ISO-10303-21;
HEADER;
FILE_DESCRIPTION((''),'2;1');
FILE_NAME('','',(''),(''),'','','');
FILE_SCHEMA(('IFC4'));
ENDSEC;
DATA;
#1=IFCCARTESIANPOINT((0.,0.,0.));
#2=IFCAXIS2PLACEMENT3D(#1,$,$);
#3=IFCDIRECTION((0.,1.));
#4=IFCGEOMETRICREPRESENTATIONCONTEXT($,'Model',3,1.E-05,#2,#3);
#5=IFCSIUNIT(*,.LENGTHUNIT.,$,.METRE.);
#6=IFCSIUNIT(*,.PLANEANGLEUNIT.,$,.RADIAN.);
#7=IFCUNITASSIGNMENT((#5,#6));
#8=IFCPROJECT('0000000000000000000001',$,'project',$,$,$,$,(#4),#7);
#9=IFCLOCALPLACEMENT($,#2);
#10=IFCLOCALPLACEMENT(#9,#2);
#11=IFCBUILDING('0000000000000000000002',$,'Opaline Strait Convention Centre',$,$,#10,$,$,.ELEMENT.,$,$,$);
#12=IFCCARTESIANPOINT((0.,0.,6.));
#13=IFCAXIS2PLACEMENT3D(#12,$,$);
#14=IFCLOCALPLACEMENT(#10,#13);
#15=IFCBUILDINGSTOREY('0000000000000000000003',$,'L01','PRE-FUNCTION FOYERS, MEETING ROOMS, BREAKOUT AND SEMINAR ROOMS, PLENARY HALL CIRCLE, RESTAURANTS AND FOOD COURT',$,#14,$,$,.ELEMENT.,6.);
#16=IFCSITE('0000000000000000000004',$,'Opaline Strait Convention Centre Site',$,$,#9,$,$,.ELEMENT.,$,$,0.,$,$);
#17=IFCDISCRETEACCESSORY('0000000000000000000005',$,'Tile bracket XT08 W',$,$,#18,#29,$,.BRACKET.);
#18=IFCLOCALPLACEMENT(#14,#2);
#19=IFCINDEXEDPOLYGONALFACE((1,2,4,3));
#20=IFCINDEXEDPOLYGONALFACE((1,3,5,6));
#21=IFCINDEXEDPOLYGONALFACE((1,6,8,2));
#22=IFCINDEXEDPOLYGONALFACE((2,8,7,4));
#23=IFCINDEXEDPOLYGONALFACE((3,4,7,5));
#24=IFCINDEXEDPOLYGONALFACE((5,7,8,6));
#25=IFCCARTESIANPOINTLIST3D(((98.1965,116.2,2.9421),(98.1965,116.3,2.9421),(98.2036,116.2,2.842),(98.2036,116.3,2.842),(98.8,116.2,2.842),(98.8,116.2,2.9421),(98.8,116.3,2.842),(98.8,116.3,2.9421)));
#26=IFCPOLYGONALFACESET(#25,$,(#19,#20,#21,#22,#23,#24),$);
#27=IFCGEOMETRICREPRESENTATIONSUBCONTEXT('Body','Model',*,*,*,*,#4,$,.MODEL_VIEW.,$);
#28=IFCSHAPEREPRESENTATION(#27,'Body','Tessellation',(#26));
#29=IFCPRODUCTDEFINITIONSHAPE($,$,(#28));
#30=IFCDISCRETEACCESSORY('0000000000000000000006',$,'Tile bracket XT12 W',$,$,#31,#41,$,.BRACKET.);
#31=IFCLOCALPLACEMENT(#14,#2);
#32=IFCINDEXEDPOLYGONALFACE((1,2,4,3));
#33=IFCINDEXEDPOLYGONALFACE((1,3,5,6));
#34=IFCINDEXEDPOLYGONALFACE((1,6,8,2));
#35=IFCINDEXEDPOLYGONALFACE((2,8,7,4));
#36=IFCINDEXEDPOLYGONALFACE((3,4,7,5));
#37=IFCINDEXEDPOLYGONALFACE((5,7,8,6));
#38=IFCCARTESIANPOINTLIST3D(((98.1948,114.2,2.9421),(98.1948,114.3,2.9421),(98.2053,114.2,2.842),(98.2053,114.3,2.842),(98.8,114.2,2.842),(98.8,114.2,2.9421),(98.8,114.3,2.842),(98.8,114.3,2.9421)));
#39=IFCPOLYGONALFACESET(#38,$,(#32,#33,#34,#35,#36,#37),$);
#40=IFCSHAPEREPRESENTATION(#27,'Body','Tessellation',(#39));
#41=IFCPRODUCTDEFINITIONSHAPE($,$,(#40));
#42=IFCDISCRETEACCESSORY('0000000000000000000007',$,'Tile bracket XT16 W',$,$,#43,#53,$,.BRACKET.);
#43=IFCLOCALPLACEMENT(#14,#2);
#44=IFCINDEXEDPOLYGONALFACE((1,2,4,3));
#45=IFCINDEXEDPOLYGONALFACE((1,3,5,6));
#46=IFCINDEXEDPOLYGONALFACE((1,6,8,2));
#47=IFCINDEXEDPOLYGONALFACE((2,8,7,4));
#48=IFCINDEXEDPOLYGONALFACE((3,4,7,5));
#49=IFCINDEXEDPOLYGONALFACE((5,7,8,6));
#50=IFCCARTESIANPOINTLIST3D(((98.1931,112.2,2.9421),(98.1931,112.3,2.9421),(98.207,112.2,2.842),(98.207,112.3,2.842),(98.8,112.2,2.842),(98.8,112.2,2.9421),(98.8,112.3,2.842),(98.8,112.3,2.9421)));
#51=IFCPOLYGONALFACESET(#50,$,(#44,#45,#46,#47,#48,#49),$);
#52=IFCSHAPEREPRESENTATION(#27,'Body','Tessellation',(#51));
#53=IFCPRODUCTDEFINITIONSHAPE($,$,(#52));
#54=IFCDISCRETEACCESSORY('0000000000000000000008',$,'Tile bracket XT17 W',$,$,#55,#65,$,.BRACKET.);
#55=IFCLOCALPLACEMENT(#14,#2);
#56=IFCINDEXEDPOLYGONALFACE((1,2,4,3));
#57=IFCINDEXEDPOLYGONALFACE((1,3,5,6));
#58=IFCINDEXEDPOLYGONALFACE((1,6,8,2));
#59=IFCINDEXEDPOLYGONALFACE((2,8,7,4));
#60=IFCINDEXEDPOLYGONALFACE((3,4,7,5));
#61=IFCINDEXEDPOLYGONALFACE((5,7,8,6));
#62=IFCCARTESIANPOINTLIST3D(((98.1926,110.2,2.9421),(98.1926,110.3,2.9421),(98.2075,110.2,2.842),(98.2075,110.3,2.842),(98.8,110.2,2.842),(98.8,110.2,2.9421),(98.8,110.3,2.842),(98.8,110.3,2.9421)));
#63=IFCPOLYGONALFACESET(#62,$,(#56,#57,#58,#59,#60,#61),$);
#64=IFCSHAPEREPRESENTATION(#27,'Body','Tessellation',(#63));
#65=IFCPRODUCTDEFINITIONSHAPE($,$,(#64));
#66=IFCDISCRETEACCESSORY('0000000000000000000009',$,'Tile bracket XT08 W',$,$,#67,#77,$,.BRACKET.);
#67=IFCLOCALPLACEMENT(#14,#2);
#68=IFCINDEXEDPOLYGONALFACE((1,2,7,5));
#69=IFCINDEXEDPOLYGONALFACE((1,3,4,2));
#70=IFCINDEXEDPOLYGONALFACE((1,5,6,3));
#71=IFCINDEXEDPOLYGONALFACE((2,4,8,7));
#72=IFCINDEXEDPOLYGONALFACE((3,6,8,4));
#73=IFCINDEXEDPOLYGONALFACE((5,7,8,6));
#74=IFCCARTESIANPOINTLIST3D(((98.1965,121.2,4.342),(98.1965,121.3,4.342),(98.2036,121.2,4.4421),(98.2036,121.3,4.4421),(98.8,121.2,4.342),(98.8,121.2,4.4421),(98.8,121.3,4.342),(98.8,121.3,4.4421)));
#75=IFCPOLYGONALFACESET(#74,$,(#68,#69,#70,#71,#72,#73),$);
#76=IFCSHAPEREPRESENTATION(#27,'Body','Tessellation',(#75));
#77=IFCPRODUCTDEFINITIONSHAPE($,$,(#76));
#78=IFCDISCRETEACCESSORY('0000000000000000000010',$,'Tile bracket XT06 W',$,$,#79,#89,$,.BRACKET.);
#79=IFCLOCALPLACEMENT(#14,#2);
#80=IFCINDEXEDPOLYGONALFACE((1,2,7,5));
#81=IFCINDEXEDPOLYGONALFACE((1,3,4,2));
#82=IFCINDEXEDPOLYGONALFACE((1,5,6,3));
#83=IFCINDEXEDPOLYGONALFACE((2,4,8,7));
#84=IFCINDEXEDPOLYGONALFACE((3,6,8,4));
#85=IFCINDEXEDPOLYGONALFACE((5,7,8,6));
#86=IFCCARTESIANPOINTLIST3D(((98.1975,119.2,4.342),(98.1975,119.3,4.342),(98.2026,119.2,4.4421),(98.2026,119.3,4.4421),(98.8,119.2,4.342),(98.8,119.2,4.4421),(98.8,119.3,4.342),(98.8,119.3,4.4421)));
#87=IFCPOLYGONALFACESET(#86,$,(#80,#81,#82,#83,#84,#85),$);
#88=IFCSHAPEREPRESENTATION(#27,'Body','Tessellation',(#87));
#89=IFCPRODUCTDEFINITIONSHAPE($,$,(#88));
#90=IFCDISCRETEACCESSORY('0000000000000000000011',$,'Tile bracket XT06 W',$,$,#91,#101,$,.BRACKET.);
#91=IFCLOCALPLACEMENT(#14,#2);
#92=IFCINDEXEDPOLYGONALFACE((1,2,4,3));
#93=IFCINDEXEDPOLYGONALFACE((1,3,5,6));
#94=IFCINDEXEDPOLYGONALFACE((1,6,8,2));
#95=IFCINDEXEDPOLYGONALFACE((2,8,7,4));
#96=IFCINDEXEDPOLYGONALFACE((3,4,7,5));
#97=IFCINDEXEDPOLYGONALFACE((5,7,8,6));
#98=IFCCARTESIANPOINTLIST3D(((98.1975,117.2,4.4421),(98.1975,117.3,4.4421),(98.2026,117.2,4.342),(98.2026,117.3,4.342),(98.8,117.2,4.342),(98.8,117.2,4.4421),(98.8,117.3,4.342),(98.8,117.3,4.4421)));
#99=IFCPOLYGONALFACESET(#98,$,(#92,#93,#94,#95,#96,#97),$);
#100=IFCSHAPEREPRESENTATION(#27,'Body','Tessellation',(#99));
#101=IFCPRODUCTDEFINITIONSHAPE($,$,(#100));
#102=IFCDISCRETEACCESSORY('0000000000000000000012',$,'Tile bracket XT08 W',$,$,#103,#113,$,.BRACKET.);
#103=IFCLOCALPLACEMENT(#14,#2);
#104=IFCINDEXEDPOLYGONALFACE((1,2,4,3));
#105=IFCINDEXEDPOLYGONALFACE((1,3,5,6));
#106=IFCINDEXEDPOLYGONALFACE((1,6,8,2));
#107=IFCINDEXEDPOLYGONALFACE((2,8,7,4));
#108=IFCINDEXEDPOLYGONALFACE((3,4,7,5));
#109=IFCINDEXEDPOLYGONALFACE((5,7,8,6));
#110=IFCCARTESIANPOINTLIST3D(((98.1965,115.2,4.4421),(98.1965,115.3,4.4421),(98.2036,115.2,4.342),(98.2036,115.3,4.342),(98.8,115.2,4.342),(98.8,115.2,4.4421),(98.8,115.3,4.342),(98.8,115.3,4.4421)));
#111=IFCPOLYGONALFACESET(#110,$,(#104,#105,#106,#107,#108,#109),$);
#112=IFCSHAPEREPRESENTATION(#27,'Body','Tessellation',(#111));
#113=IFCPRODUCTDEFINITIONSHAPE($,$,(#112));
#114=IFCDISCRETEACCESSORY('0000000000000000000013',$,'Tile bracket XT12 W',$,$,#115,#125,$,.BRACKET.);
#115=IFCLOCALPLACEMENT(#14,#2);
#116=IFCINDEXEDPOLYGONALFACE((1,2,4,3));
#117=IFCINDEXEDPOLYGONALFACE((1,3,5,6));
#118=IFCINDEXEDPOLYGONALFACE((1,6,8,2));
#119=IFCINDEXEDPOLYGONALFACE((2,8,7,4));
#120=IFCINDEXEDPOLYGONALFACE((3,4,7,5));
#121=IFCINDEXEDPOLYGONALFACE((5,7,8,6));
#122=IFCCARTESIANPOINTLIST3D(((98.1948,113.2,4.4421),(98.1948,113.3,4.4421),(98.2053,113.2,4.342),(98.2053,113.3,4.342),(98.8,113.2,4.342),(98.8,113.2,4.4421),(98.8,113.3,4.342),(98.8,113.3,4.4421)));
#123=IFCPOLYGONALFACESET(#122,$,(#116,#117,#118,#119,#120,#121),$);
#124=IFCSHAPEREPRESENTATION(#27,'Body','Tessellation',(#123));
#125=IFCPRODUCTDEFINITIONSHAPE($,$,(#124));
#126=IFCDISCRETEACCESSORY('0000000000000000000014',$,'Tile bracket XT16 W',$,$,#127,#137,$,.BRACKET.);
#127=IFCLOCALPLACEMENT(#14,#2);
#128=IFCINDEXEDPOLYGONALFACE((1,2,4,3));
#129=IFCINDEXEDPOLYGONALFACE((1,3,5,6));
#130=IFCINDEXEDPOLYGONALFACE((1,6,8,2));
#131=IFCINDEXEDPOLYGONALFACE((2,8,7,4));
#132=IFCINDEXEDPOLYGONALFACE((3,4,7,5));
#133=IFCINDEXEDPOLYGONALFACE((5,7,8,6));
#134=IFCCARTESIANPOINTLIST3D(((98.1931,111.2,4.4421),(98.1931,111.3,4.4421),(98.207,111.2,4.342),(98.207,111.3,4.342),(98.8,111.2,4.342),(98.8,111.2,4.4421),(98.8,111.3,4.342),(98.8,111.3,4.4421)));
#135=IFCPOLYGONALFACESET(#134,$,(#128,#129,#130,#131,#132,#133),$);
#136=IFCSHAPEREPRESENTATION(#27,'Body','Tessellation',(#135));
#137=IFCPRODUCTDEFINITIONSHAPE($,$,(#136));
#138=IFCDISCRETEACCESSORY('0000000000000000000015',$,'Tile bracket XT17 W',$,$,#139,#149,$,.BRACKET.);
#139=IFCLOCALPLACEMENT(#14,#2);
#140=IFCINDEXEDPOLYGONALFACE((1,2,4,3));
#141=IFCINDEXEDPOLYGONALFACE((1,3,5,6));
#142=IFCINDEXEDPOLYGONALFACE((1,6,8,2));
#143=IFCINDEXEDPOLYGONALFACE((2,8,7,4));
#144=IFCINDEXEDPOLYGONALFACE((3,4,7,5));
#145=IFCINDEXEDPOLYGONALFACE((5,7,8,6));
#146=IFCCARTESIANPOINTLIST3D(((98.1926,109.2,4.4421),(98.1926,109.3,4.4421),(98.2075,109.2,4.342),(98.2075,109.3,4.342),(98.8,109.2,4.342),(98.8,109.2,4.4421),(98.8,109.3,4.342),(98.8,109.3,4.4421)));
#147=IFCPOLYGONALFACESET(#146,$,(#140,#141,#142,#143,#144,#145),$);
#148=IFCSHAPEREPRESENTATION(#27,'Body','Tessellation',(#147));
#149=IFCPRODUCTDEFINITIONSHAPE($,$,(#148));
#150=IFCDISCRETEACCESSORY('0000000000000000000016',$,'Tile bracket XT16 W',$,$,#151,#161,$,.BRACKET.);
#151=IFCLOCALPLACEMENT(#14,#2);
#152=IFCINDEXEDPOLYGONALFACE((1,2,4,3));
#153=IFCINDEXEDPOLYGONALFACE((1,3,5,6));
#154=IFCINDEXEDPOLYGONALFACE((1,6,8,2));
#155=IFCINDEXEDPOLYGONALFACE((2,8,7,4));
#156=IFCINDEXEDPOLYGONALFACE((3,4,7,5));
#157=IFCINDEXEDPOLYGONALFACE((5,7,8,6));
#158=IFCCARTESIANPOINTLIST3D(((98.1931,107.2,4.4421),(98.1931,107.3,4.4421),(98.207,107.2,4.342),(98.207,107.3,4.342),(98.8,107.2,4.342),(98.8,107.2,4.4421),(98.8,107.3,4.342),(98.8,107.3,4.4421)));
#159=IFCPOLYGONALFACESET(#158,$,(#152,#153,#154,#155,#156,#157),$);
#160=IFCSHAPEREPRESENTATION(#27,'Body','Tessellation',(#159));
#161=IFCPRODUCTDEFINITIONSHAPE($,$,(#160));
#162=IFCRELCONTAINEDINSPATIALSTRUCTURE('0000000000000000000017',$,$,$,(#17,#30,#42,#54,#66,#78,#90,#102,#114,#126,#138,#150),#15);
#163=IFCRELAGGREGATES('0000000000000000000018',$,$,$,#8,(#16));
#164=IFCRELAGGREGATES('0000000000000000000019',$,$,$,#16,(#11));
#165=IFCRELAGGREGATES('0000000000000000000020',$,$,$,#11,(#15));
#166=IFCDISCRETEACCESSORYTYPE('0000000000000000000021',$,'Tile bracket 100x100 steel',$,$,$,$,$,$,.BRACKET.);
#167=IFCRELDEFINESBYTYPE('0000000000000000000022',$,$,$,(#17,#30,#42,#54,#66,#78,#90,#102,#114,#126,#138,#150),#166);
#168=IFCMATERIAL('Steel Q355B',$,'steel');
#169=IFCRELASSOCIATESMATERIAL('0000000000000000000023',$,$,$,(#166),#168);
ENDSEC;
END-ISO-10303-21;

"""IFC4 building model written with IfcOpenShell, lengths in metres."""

from ifc_helpers import new_model, si_unit, direction, frame, origin, place, context, subcontext, project, spatial, polyline, outline, extrude, material, type_object, element, save


model = new_model("IFC4")

# Units and contexts
model_context = context("Model", 3, precision=1e-05, world=origin(), true_north=direction((0.0, 1.0)))
body_context = subcontext(model_context, "Body", "Model", "MODEL_VIEW")
ifc_project = project(units=[si_unit("LENGTHUNIT", "METRE"), si_unit("PLANEANGLEUNIT", "RADIAN")], contexts=[model_context])

# Site, building, storey
site_placement = place(None, origin())
site = spatial("IfcSite", under=ifc_project, at=site_placement, Name="Opaline Strait Convention Centre Site", CompositionType="ELEMENT", RefElevation=0.0)
building_placement = place(site_placement, origin())
building = spatial("IfcBuilding", under=site, at=building_placement, Name="Opaline Strait Convention Centre", CompositionType="ELEMENT")
storey_placement = place(building_placement, frame((0.0, 0.0, 6.0)))
storey = spatial("IfcBuildingStorey", under=building, at=storey_placement, Name="L01", Description="PRE-FUNCTION FOYERS, MEETING ROOMS, BREAKOUT AND SEMINAR ROOMS, PLENARY HALL CIRCLE, RESTAURANTS AND FOOD COURT", CompositionType="ELEMENT", Elevation=6.0)

# Shared definitions
ifc_material_1 = material(Name="Steel Q355B", Category="steel")

# Discrete accessories
discrete_accessory_type = type_object("IfcDiscreteAccessoryType", Name="Tile bracket 100x100 steel", PredefinedType="BRACKET", material=ifc_material_1)
discrete_accessory_1_placement = place(storey_placement, frame((98.8, 116.3, 2.8921), z_axis=(0.0, -1.0, 0.0), x_axis=(1.0, 0.0, 0.0)))
element("IfcDiscreteAccessory", 1, at=discrete_accessory_1_placement, inside=storey, type_object=discrete_accessory_type, Name="Tile bracket XT08 W", PredefinedType="BRACKET", context=body_context, shape_type="SweptSolid", body=[
    extrude(outline(polyline([(0.0, -0.05), (0.0, 0.05), (-0.6035, 0.05), (-0.5964, -0.05), (0.0, -0.05)])), origin(), (0.0, 0.0, 1.0), 0.1001),
])
discrete_accessory_2_placement = place(storey_placement, frame((98.8, 114.3, 2.8921), z_axis=(0.0, -1.0, 0.0), x_axis=(1.0, 0.0, 0.0)))
element("IfcDiscreteAccessory", 2, at=discrete_accessory_2_placement, inside=storey, type_object=discrete_accessory_type, Name="Tile bracket XT12 W", PredefinedType="BRACKET", context=body_context, shape_type="SweptSolid", body=[
    extrude(outline(polyline([(0.0, -0.05), (0.0, 0.05), (-0.6052, 0.05), (-0.5947, -0.05), (0.0, -0.05)])), origin(), (0.0, 0.0, 1.0), 0.1001),
])
discrete_accessory_3_placement = place(storey_placement, frame((98.8, 112.3, 2.8921), z_axis=(0.0, -1.0, 0.0), x_axis=(1.0, 0.0, 0.0)))
element("IfcDiscreteAccessory", 3, at=discrete_accessory_3_placement, inside=storey, type_object=discrete_accessory_type, Name="Tile bracket XT16 W", PredefinedType="BRACKET", context=body_context, shape_type="SweptSolid", body=[
    extrude(outline(polyline([(0.0, -0.05), (0.0, 0.05), (-0.6069, 0.05), (-0.593, -0.05), (0.0, -0.05)])), origin(), (0.0, 0.0, 1.0), 0.1001),
])
discrete_accessory_4_placement = place(storey_placement, frame((98.8, 110.3, 2.8921), z_axis=(0.0, -1.0, 0.0), x_axis=(1.0, 0.0, 0.0)))
element("IfcDiscreteAccessory", 4, at=discrete_accessory_4_placement, inside=storey, type_object=discrete_accessory_type, Name="Tile bracket XT17 W", PredefinedType="BRACKET", context=body_context, shape_type="SweptSolid", body=[
    extrude(outline(polyline([(0.0, -0.05), (0.0, 0.05), (-0.6074, 0.05), (-0.5925, -0.05), (0.0, -0.05)])), origin(), (0.0, 0.0, 1.0), 0.1001),
])
discrete_accessory_5_placement = place(storey_placement, frame((98.8, 121.3, 4.3921), z_axis=(0.0, -1.0, 0.0), x_axis=(1.0, 0.0, 0.0)))
element("IfcDiscreteAccessory", 5, at=discrete_accessory_5_placement, inside=storey, type_object=discrete_accessory_type, Name="Tile bracket XT08 W", PredefinedType="BRACKET", context=body_context, shape_type="SweptSolid", body=[
    extrude(outline(polyline([(0.0, -0.05), (0.0, 0.05), (-0.5964, 0.05), (-0.6035, -0.05), (0.0, -0.05)])), origin(), (0.0, 0.0, 1.0), 0.1001),
])
discrete_accessory_6_placement = place(storey_placement, frame((98.8, 119.3, 4.3921), z_axis=(0.0, -1.0, 0.0), x_axis=(1.0, 0.0, 0.0)))
element("IfcDiscreteAccessory", 6, at=discrete_accessory_6_placement, inside=storey, type_object=discrete_accessory_type, Name="Tile bracket XT06 W", PredefinedType="BRACKET", context=body_context, shape_type="SweptSolid", body=[
    extrude(outline(polyline([(0.0, -0.05), (0.0, 0.05), (-0.5974, 0.05), (-0.6025, -0.05), (0.0, -0.05)])), origin(), (0.0, 0.0, 1.0), 0.1001),
])
discrete_accessory_7_placement = place(storey_placement, frame((98.8, 117.3, 4.3921), z_axis=(0.0, -1.0, 0.0), x_axis=(1.0, 0.0, 0.0)))
element("IfcDiscreteAccessory", 7, at=discrete_accessory_7_placement, inside=storey, type_object=discrete_accessory_type, Name="Tile bracket XT06 W", PredefinedType="BRACKET", context=body_context, shape_type="SweptSolid", body=[
    extrude(outline(polyline([(0.0, -0.05), (0.0, 0.05), (-0.6025, 0.05), (-0.5974, -0.05), (0.0, -0.05)])), origin(), (0.0, 0.0, 1.0), 0.1001),
])
discrete_accessory_8_placement = place(storey_placement, frame((98.8, 115.3, 4.3921), z_axis=(0.0, -1.0, 0.0), x_axis=(1.0, 0.0, 0.0)))
element("IfcDiscreteAccessory", 8, at=discrete_accessory_8_placement, inside=storey, type_object=discrete_accessory_type, Name="Tile bracket XT08 W", PredefinedType="BRACKET", context=body_context, shape_type="SweptSolid", body=[
    extrude(outline(polyline([(0.0, -0.05), (0.0, 0.05), (-0.6035, 0.05), (-0.5964, -0.05), (0.0, -0.05)])), origin(), (0.0, 0.0, 1.0), 0.1001),
])
discrete_accessory_9_placement = place(storey_placement, frame((98.8, 113.3, 4.3921), z_axis=(0.0, -1.0, 0.0), x_axis=(1.0, 0.0, 0.0)))
element("IfcDiscreteAccessory", 9, at=discrete_accessory_9_placement, inside=storey, type_object=discrete_accessory_type, Name="Tile bracket XT12 W", PredefinedType="BRACKET", context=body_context, shape_type="SweptSolid", body=[
    extrude(outline(polyline([(0.0, -0.05), (0.0, 0.05), (-0.6052, 0.05), (-0.5947, -0.05), (0.0, -0.05)])), origin(), (0.0, 0.0, 1.0), 0.1001),
])
discrete_accessory_10_placement = place(storey_placement, frame((98.8, 111.3, 4.3921), z_axis=(0.0, -1.0, 0.0), x_axis=(1.0, 0.0, 0.0)))
element("IfcDiscreteAccessory", 10, at=discrete_accessory_10_placement, inside=storey, type_object=discrete_accessory_type, Name="Tile bracket XT16 W", PredefinedType="BRACKET", context=body_context, shape_type="SweptSolid", body=[
    extrude(outline(polyline([(0.0, -0.05), (0.0, 0.05), (-0.6069, 0.05), (-0.593, -0.05), (0.0, -0.05)])), origin(), (0.0, 0.0, 1.0), 0.1001),
])
discrete_accessory_11_placement = place(storey_placement, frame((98.8, 109.3, 4.3921), z_axis=(0.0, -1.0, 0.0), x_axis=(1.0, 0.0, 0.0)))
element("IfcDiscreteAccessory", 11, at=discrete_accessory_11_placement, inside=storey, type_object=discrete_accessory_type, Name="Tile bracket XT17 W", PredefinedType="BRACKET", context=body_context, shape_type="SweptSolid", body=[
    extrude(outline(polyline([(0.0, -0.05), (0.0, 0.05), (-0.6074, 0.05), (-0.5925, -0.05), (0.0, -0.05)])), origin(), (0.0, 0.0, 1.0), 0.1001),
])
discrete_accessory_12_placement = place(storey_placement, frame((98.8, 107.3, 4.3921), z_axis=(0.0, -1.0, 0.0), x_axis=(1.0, 0.0, 0.0)))
element("IfcDiscreteAccessory", 12, at=discrete_accessory_12_placement, inside=storey, type_object=discrete_accessory_type, Name="Tile bracket XT16 W", PredefinedType="BRACKET", context=body_context, shape_type="SweptSolid", body=[
    extrude(outline(polyline([(0.0, -0.05), (0.0, 0.05), (-0.6069, 0.05), (-0.593, -0.05), (0.0, -0.05)])), origin(), (0.0, 0.0, 1.0), 0.1001),
])

save(model, "model.ifc")
